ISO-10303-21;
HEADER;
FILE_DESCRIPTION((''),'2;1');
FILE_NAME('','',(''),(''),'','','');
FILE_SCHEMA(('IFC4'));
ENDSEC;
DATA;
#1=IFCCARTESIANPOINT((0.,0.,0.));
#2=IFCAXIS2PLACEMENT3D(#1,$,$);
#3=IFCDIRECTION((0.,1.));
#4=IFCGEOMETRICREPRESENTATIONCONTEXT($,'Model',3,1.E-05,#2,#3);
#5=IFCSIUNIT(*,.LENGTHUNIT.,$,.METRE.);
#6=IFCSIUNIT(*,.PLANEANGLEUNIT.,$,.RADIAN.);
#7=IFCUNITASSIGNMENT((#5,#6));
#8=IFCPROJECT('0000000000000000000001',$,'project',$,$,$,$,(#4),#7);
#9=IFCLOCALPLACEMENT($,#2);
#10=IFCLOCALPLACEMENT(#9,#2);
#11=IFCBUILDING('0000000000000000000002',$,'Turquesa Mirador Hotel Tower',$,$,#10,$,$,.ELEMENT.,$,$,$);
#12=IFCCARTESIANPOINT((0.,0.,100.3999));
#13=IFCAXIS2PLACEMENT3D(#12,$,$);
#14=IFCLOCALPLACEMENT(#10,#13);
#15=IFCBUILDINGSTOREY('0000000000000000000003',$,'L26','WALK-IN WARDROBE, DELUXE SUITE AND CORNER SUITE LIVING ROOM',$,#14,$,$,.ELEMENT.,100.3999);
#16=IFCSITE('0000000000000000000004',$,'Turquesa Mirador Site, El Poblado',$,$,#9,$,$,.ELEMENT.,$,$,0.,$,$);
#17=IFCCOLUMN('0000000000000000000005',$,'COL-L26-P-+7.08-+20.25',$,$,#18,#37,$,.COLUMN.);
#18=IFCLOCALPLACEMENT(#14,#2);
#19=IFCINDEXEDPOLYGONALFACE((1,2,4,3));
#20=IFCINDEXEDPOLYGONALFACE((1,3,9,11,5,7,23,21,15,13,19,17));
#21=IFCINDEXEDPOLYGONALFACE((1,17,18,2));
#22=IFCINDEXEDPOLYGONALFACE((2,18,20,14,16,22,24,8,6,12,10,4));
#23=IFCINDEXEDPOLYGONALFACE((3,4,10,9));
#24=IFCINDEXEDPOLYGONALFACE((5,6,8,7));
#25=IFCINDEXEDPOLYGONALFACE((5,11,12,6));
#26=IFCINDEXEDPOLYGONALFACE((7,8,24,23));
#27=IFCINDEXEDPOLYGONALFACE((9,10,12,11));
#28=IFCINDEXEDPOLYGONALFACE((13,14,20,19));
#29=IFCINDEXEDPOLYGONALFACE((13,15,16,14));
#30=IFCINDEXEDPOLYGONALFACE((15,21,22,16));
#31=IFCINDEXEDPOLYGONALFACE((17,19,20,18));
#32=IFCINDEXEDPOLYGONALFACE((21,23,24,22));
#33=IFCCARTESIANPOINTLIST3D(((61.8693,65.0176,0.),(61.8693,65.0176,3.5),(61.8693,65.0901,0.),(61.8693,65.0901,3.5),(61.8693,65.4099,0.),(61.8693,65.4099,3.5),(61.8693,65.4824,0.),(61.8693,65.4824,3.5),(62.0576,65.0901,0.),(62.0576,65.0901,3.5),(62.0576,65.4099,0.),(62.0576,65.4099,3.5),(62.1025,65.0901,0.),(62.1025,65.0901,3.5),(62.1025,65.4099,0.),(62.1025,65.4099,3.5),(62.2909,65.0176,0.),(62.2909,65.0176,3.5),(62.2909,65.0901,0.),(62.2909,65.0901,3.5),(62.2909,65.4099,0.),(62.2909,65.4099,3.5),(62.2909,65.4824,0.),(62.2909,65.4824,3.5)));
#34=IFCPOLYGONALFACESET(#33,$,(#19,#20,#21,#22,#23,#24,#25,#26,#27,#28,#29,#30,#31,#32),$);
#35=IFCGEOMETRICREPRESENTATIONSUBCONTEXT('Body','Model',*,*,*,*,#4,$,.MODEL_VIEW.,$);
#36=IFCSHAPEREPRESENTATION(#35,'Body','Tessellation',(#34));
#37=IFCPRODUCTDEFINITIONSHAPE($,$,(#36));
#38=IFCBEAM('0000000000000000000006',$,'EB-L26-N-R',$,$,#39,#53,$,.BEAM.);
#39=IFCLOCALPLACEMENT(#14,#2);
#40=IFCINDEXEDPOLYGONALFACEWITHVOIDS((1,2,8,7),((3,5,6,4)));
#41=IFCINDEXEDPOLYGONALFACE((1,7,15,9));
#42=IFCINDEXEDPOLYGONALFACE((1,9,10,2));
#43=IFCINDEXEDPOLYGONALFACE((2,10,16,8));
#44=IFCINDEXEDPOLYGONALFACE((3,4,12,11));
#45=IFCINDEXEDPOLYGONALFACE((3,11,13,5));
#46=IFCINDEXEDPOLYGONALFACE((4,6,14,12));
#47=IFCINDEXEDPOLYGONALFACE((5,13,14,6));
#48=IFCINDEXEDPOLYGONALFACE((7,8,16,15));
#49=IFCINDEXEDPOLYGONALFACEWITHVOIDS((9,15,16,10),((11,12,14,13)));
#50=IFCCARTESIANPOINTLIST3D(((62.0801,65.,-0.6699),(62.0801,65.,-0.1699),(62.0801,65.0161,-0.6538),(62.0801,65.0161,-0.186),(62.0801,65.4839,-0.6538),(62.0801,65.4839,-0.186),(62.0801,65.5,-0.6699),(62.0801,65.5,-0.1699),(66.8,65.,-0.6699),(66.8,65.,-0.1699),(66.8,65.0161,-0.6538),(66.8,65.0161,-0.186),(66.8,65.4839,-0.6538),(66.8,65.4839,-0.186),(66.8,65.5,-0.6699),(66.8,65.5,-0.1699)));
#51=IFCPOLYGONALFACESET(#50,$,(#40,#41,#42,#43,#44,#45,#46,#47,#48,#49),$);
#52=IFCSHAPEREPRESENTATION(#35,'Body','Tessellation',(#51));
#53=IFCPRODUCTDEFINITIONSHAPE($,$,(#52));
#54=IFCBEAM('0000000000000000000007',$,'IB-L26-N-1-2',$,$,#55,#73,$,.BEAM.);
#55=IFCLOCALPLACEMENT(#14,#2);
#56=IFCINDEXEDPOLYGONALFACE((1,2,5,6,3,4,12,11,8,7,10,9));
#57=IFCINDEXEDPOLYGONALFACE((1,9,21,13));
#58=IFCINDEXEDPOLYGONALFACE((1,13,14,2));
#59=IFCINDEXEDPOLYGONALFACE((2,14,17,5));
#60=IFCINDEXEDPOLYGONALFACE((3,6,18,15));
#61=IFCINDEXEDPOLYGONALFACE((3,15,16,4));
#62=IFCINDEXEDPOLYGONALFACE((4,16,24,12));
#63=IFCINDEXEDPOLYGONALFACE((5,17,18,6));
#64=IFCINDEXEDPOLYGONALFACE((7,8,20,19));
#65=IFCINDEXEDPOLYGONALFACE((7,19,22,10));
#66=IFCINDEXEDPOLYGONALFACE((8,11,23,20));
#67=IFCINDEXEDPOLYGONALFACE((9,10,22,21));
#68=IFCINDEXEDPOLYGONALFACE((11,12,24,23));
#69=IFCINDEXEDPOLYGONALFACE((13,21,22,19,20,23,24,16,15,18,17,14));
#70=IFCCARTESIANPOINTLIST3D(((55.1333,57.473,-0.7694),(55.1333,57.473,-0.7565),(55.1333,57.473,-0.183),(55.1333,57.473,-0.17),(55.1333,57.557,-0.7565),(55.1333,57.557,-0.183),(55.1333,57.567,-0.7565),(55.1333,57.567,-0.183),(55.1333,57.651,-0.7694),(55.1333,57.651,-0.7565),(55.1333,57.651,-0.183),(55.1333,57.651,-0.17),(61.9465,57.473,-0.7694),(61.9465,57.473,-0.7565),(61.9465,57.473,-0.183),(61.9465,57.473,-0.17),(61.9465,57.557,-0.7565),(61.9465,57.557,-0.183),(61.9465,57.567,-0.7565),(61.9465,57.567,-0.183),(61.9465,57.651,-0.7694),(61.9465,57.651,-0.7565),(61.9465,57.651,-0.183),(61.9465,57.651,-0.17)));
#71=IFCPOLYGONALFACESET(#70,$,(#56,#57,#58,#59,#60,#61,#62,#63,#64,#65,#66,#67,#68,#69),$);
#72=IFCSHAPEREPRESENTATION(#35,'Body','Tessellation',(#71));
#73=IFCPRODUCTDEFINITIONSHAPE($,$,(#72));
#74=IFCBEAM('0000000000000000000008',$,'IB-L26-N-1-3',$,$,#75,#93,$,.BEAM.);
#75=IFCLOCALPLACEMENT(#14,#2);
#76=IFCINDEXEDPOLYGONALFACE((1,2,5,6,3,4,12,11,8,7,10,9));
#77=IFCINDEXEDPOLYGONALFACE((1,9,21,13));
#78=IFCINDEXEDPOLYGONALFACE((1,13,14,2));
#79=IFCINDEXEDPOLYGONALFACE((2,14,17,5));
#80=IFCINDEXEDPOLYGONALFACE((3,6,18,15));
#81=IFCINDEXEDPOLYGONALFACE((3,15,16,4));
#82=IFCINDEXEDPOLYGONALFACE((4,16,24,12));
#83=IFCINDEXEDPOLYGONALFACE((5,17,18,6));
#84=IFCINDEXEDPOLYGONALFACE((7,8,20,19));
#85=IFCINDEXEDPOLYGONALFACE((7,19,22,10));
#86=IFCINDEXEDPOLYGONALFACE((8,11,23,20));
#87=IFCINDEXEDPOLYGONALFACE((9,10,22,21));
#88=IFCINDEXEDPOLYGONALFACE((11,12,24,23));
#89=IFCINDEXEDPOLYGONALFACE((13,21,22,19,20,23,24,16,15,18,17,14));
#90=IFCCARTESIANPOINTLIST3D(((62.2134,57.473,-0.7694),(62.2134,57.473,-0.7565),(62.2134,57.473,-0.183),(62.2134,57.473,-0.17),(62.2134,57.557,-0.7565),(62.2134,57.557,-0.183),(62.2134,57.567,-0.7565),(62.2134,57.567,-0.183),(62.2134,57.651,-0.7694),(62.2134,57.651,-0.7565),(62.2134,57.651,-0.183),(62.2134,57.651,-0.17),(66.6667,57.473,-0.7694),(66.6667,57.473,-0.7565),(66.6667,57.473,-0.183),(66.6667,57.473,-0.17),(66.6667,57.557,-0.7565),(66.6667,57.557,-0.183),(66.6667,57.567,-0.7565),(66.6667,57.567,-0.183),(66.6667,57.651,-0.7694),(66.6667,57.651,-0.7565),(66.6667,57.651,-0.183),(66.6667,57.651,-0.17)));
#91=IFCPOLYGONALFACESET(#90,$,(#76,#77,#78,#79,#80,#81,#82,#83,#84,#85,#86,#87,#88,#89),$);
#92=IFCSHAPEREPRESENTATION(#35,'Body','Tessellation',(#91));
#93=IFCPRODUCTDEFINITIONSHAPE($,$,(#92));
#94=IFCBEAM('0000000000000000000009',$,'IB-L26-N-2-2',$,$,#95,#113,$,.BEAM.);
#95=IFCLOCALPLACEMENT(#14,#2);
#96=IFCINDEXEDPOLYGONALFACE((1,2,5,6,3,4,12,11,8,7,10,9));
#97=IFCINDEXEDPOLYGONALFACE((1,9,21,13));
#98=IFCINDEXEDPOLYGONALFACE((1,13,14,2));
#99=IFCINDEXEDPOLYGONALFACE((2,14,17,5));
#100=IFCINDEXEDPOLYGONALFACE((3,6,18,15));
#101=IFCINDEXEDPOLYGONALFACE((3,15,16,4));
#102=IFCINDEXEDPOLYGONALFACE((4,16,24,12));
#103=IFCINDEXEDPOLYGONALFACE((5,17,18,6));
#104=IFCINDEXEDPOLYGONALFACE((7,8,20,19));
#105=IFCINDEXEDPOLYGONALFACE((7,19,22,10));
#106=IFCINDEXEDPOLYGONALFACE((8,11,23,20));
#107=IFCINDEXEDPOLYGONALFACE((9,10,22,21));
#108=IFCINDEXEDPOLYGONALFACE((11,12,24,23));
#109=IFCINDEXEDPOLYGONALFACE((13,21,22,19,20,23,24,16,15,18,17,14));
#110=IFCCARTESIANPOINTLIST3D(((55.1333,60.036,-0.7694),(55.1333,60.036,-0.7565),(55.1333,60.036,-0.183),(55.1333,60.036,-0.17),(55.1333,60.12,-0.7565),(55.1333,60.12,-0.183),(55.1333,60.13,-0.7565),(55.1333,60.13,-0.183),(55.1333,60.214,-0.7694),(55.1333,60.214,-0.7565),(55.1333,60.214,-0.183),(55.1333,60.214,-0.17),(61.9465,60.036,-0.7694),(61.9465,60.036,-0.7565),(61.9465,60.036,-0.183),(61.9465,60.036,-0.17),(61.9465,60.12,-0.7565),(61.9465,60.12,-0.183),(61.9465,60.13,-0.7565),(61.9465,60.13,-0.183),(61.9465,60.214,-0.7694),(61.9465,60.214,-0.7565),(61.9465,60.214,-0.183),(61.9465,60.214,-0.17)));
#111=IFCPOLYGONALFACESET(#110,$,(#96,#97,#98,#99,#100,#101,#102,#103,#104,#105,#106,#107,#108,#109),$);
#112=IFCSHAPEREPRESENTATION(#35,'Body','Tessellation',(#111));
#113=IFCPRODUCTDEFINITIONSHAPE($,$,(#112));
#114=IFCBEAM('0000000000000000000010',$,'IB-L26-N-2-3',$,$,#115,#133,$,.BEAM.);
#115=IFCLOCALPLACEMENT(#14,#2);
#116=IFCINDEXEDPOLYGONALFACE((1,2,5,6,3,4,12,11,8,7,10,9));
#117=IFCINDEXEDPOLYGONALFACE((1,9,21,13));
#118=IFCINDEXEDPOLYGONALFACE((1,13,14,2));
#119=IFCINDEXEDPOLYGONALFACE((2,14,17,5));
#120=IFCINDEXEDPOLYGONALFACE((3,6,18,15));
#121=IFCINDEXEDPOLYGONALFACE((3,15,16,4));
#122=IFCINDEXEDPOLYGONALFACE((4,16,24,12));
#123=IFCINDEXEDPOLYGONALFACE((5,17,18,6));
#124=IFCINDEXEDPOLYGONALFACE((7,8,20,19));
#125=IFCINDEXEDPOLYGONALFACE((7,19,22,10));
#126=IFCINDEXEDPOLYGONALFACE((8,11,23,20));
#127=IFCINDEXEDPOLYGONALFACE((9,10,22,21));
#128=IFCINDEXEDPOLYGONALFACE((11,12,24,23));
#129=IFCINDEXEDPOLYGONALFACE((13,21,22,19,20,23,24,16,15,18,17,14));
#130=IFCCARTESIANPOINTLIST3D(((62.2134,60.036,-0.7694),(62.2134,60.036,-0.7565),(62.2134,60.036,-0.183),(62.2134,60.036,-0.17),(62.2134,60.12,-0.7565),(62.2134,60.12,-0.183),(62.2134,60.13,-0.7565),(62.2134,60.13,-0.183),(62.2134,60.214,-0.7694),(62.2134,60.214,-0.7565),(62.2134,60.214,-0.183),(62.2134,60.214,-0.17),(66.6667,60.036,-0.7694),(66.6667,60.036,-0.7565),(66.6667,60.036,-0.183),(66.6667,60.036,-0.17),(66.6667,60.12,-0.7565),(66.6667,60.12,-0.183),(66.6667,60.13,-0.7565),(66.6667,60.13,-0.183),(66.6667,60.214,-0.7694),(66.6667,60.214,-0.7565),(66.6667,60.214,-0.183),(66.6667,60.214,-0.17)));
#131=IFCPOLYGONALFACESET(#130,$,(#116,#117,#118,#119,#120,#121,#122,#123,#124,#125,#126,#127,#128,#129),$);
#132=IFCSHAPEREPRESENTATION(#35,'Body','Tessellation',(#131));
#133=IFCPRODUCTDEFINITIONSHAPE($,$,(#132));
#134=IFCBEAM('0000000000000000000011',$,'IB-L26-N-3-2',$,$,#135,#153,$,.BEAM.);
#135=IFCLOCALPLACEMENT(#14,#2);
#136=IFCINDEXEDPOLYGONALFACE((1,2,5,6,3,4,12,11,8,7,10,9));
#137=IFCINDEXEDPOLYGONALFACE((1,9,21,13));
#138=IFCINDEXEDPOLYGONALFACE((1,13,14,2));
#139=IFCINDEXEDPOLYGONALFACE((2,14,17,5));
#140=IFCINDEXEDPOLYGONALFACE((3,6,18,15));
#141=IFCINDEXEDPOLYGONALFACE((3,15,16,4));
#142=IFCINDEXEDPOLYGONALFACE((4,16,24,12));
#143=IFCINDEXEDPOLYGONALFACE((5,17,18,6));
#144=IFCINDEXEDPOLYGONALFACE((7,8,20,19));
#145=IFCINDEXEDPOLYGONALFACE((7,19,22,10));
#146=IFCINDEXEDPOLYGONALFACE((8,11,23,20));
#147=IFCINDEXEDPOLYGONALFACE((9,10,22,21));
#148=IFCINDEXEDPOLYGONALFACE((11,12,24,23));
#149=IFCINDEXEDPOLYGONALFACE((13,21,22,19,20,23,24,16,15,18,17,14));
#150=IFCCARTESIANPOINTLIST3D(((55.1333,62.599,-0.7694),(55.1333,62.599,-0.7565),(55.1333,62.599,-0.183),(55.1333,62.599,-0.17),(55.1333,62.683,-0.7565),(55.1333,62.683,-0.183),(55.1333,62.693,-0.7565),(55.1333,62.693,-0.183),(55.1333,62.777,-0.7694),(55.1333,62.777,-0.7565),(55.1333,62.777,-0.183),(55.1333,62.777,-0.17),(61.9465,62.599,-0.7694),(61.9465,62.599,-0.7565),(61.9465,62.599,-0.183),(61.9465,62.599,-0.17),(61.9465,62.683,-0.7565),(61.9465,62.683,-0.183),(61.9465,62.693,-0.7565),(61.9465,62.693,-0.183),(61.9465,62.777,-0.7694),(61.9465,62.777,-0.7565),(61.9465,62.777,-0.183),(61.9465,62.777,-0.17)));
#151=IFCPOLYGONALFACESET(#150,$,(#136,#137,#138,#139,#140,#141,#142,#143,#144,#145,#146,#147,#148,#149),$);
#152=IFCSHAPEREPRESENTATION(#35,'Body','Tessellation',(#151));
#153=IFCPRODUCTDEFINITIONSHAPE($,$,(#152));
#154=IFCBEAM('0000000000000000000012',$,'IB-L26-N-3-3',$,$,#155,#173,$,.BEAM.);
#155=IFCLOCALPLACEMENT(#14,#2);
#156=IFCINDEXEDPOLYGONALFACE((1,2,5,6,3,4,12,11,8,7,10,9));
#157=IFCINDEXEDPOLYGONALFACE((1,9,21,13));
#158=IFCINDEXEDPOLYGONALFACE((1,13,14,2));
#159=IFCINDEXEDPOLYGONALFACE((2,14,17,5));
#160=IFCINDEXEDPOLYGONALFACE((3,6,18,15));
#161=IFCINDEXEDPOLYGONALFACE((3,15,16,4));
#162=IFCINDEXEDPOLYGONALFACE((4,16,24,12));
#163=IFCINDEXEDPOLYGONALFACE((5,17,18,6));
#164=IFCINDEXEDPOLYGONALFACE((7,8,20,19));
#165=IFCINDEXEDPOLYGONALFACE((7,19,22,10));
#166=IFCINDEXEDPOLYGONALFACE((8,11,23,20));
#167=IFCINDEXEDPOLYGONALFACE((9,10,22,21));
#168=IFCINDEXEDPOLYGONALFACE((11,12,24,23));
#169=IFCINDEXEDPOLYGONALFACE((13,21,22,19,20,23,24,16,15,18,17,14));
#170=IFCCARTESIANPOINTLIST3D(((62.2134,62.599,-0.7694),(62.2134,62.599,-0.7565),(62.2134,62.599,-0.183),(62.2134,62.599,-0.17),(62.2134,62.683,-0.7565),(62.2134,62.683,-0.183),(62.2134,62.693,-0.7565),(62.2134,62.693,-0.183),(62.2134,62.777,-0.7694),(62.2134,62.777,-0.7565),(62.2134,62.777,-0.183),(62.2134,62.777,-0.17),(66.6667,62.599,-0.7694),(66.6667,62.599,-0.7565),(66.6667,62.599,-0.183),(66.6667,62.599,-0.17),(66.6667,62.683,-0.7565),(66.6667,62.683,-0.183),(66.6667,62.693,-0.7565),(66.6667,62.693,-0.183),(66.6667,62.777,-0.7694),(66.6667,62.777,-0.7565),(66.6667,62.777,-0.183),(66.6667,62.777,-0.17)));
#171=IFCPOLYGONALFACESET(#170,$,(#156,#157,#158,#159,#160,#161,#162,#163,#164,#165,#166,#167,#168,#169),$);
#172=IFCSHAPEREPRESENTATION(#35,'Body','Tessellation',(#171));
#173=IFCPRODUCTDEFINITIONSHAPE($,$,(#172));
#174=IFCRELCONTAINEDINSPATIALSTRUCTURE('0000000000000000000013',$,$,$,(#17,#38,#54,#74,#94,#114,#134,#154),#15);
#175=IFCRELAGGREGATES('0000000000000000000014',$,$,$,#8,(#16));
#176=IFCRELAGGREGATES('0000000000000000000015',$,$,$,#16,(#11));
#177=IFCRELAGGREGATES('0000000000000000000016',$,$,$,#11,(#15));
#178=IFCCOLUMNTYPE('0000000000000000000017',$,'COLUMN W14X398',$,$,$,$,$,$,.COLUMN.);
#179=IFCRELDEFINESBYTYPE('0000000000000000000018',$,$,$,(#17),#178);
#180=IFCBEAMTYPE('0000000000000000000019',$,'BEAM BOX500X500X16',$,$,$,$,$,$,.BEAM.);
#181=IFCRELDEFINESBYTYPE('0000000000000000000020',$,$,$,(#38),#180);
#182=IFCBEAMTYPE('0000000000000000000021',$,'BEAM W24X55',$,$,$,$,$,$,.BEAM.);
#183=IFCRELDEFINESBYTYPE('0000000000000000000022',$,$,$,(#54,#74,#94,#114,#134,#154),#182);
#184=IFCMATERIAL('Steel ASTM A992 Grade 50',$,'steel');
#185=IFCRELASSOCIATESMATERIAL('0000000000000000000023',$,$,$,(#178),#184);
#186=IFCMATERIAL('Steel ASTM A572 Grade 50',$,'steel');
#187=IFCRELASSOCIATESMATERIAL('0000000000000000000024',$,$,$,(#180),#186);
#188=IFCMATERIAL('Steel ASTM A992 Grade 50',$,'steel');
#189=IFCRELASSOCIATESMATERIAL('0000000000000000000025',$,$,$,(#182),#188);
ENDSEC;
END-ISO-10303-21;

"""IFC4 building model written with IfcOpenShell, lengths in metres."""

from ifc_helpers import new_model, si_unit, direction, frame, origin, origin_2d, place, context, subcontext, project, spatial, hollow_rectangle, i_section, extrude, material, material_profile, profile_set, type_object, element, save


model = new_model("IFC4")

# Units and contexts
model_context = context("Model", 3, precision=1e-05, world=origin(), true_north=direction((0.0, 1.0)))
body_context = subcontext(model_context, "Body", "Model", "MODEL_VIEW")
ifc_project = project(units=[si_unit("LENGTHUNIT", "METRE"), si_unit("PLANEANGLEUNIT", "RADIAN")], contexts=[model_context])

# Site, building, storey
site_placement = place(None, origin())
site = spatial("IfcSite", under=ifc_project, at=site_placement, Name="Turquesa Mirador Site, El Poblado", CompositionType="ELEMENT", RefElevation=0.0)
building_placement = place(site_placement, origin())
building = spatial("IfcBuilding", under=site, at=building_placement, Name="Turquesa Mirador Hotel Tower", CompositionType="ELEMENT")
storey_placement = place(building_placement, frame((0.0, 0.0, 100.3999)))
storey = spatial("IfcBuildingStorey", under=building, at=storey_placement, Name="L26", Description="WALK-IN WARDROBE, DELUXE SUITE AND CORNER SUITE LIVING ROOM", CompositionType="ELEMENT", Elevation=100.3999)

# Column
ifc_material_1 = material(Name="Steel ASTM A992 Grade 50", Category="steel")
ifc_material_profile_1 = material_profile(ifc_material_1, i_section(OverallWidth=0.4216, OverallDepth=0.4648, WebThickness=0.0449, FlangeThickness=0.0725, at=origin_2d()), Name="W14X398")
ifc_profile_set_1 = profile_set([ifc_material_profile_1], Name="Steel ASTM A992 Grade 50")
column_type = type_object("IfcColumnType", Name="COLUMN W14X398", PredefinedType="COLUMN", material=ifc_profile_set_1)
column_placement = place(storey_placement, frame((62.0801, 65.25, 0.0), z_axis=(0.0, 0.0, 1.0), x_axis=(1.0, 0.0, 0.0)))
element("IfcColumn", 1, at=column_placement, inside=storey, type_object=column_type, Name="COL-L26-P-+7.08-+20.25", PredefinedType="COLUMN", context=body_context, shape_type="SweptSolid", body=[
    extrude(i_section(OverallWidth=0.4216, OverallDepth=0.4648, WebThickness=0.0449, FlangeThickness=0.0725, at=origin_2d()), origin(), (0.0, 0.0, 1.0), 3.5),
])

# Beams
ifc_material_2 = material(Name="Steel ASTM A572 Grade 50", Category="steel")
ifc_material_profile_2 = material_profile(ifc_material_2, hollow_rectangle(XDim=0.5, YDim=0.5, WallThickness=0.0161, at=origin_2d()), Name="BOX500X500X16")
ifc_profile_set_2 = profile_set([ifc_material_profile_2], Name="Steel ASTM A572 Grade 50")
beam_type_1 = type_object("IfcBeamType", Name="BEAM BOX500X500X16", PredefinedType="BEAM", material=ifc_profile_set_2)
beam_1_placement = place(storey_placement, frame((62.0801, 65.25, -0.4199), z_axis=(1.0, 0.0, 0.0), x_axis=(0.0, 1.0, 0.0)))
element("IfcBeam", 2, at=beam_1_placement, inside=storey, type_object=beam_type_1, Name="EB-L26-N-R", PredefinedType="BEAM", context=body_context, shape_type="SweptSolid", body=[
    extrude(hollow_rectangle(XDim=0.5, YDim=0.5, WallThickness=0.0161, at=origin_2d()), origin(), (0.0, 0.0, 1.0), 4.72),
])
ifc_material_3 = material(Name="Steel ASTM A992 Grade 50", Category="steel")
ifc_material_profile_3 = material_profile(ifc_material_3, i_section(OverallWidth=0.178, OverallDepth=0.5994, WebThickness=0.01, FlangeThickness=0.0129, at=origin_2d()), Name="W24X55")
ifc_profile_set_3 = profile_set([ifc_material_profile_3], Name="Steel ASTM A992 Grade 50")
beam_type_2 = type_object("IfcBeamType", Name="BEAM W24X55", PredefinedType="BEAM", material=ifc_profile_set_3)
beam_2_placement = place(storey_placement, frame((55.1333, 57.562, -0.4697), z_axis=(1.0, 0.0, 0.0), x_axis=(0.0, 1.0, 0.0)))
element("IfcBeam", 3, at=beam_2_placement, inside=storey, type_object=beam_type_2, Name="IB-L26-N-1-2", PredefinedType="BEAM", context=body_context, shape_type="SweptSolid", body=[
    extrude(i_section(OverallWidth=0.178, OverallDepth=0.5994, WebThickness=0.01, FlangeThickness=0.0129, at=origin_2d()), origin(), (0.0, 0.0, 1.0), 6.8132),
])
beam_3_placement = place(storey_placement, frame((62.2134, 57.562, -0.4697), z_axis=(1.0, 0.0, 0.0), x_axis=(0.0, 1.0, 0.0)))
element("IfcBeam", 4, at=beam_3_placement, inside=storey, type_object=beam_type_2, Name="IB-L26-N-1-3", PredefinedType="BEAM", context=body_context, shape_type="SweptSolid", body=[
    extrude(i_section(OverallWidth=0.178, OverallDepth=0.5994, WebThickness=0.01, FlangeThickness=0.0129, at=origin_2d()), origin(), (0.0, 0.0, 1.0), 4.4534),
])
beam_4_placement = place(storey_placement, frame((55.1333, 60.125, -0.4697), z_axis=(1.0, 0.0, 0.0), x_axis=(0.0, 1.0, 0.0)))
element("IfcBeam", 5, at=beam_4_placement, inside=storey, type_object=beam_type_2, Name="IB-L26-N-2-2", PredefinedType="BEAM", context=body_context, shape_type="SweptSolid", body=[
    extrude(i_section(OverallWidth=0.178, OverallDepth=0.5994, WebThickness=0.01, FlangeThickness=0.0129, at=origin_2d()), origin(), (0.0, 0.0, 1.0), 6.8132),
])
beam_5_placement = place(storey_placement, frame((62.2134, 60.125, -0.4697), z_axis=(1.0, 0.0, 0.0), x_axis=(0.0, 1.0, 0.0)))
element("IfcBeam", 6, at=beam_5_placement, inside=storey, type_object=beam_type_2, Name="IB-L26-N-2-3", PredefinedType="BEAM", context=body_context, shape_type="SweptSolid", body=[
    extrude(i_section(OverallWidth=0.178, OverallDepth=0.5994, WebThickness=0.01, FlangeThickness=0.0129, at=origin_2d()), origin(), (0.0, 0.0, 1.0), 4.4534),
])
beam_6_placement = place(storey_placement, frame((55.1333, 62.688, -0.4697), z_axis=(1.0, 0.0, 0.0), x_axis=(0.0, 1.0, 0.0)))
element("IfcBeam", 7, at=beam_6_placement, inside=storey, type_object=beam_type_2, Name="IB-L26-N-3-2", PredefinedType="BEAM", context=body_context, shape_type="SweptSolid", body=[
    extrude(i_section(OverallWidth=0.178, OverallDepth=0.5994, WebThickness=0.01, FlangeThickness=0.0129, at=origin_2d()), origin(), (0.0, 0.0, 1.0), 6.8132),
])
beam_7_placement = place(storey_placement, frame((62.2134, 62.688, -0.4697), z_axis=(1.0, 0.0, 0.0), x_axis=(0.0, 1.0, 0.0)))
element("IfcBeam", 8, at=beam_7_placement, inside=storey, type_object=beam_type_2, Name="IB-L26-N-3-3", PredefinedType="BEAM", context=body_context, shape_type="SweptSolid", body=[
    extrude(i_section(OverallWidth=0.178, OverallDepth=0.5994, WebThickness=0.01, FlangeThickness=0.0129, at=origin_2d()), origin(), (0.0, 0.0, 1.0), 4.4534),
])

save(model, "model.ifc")
